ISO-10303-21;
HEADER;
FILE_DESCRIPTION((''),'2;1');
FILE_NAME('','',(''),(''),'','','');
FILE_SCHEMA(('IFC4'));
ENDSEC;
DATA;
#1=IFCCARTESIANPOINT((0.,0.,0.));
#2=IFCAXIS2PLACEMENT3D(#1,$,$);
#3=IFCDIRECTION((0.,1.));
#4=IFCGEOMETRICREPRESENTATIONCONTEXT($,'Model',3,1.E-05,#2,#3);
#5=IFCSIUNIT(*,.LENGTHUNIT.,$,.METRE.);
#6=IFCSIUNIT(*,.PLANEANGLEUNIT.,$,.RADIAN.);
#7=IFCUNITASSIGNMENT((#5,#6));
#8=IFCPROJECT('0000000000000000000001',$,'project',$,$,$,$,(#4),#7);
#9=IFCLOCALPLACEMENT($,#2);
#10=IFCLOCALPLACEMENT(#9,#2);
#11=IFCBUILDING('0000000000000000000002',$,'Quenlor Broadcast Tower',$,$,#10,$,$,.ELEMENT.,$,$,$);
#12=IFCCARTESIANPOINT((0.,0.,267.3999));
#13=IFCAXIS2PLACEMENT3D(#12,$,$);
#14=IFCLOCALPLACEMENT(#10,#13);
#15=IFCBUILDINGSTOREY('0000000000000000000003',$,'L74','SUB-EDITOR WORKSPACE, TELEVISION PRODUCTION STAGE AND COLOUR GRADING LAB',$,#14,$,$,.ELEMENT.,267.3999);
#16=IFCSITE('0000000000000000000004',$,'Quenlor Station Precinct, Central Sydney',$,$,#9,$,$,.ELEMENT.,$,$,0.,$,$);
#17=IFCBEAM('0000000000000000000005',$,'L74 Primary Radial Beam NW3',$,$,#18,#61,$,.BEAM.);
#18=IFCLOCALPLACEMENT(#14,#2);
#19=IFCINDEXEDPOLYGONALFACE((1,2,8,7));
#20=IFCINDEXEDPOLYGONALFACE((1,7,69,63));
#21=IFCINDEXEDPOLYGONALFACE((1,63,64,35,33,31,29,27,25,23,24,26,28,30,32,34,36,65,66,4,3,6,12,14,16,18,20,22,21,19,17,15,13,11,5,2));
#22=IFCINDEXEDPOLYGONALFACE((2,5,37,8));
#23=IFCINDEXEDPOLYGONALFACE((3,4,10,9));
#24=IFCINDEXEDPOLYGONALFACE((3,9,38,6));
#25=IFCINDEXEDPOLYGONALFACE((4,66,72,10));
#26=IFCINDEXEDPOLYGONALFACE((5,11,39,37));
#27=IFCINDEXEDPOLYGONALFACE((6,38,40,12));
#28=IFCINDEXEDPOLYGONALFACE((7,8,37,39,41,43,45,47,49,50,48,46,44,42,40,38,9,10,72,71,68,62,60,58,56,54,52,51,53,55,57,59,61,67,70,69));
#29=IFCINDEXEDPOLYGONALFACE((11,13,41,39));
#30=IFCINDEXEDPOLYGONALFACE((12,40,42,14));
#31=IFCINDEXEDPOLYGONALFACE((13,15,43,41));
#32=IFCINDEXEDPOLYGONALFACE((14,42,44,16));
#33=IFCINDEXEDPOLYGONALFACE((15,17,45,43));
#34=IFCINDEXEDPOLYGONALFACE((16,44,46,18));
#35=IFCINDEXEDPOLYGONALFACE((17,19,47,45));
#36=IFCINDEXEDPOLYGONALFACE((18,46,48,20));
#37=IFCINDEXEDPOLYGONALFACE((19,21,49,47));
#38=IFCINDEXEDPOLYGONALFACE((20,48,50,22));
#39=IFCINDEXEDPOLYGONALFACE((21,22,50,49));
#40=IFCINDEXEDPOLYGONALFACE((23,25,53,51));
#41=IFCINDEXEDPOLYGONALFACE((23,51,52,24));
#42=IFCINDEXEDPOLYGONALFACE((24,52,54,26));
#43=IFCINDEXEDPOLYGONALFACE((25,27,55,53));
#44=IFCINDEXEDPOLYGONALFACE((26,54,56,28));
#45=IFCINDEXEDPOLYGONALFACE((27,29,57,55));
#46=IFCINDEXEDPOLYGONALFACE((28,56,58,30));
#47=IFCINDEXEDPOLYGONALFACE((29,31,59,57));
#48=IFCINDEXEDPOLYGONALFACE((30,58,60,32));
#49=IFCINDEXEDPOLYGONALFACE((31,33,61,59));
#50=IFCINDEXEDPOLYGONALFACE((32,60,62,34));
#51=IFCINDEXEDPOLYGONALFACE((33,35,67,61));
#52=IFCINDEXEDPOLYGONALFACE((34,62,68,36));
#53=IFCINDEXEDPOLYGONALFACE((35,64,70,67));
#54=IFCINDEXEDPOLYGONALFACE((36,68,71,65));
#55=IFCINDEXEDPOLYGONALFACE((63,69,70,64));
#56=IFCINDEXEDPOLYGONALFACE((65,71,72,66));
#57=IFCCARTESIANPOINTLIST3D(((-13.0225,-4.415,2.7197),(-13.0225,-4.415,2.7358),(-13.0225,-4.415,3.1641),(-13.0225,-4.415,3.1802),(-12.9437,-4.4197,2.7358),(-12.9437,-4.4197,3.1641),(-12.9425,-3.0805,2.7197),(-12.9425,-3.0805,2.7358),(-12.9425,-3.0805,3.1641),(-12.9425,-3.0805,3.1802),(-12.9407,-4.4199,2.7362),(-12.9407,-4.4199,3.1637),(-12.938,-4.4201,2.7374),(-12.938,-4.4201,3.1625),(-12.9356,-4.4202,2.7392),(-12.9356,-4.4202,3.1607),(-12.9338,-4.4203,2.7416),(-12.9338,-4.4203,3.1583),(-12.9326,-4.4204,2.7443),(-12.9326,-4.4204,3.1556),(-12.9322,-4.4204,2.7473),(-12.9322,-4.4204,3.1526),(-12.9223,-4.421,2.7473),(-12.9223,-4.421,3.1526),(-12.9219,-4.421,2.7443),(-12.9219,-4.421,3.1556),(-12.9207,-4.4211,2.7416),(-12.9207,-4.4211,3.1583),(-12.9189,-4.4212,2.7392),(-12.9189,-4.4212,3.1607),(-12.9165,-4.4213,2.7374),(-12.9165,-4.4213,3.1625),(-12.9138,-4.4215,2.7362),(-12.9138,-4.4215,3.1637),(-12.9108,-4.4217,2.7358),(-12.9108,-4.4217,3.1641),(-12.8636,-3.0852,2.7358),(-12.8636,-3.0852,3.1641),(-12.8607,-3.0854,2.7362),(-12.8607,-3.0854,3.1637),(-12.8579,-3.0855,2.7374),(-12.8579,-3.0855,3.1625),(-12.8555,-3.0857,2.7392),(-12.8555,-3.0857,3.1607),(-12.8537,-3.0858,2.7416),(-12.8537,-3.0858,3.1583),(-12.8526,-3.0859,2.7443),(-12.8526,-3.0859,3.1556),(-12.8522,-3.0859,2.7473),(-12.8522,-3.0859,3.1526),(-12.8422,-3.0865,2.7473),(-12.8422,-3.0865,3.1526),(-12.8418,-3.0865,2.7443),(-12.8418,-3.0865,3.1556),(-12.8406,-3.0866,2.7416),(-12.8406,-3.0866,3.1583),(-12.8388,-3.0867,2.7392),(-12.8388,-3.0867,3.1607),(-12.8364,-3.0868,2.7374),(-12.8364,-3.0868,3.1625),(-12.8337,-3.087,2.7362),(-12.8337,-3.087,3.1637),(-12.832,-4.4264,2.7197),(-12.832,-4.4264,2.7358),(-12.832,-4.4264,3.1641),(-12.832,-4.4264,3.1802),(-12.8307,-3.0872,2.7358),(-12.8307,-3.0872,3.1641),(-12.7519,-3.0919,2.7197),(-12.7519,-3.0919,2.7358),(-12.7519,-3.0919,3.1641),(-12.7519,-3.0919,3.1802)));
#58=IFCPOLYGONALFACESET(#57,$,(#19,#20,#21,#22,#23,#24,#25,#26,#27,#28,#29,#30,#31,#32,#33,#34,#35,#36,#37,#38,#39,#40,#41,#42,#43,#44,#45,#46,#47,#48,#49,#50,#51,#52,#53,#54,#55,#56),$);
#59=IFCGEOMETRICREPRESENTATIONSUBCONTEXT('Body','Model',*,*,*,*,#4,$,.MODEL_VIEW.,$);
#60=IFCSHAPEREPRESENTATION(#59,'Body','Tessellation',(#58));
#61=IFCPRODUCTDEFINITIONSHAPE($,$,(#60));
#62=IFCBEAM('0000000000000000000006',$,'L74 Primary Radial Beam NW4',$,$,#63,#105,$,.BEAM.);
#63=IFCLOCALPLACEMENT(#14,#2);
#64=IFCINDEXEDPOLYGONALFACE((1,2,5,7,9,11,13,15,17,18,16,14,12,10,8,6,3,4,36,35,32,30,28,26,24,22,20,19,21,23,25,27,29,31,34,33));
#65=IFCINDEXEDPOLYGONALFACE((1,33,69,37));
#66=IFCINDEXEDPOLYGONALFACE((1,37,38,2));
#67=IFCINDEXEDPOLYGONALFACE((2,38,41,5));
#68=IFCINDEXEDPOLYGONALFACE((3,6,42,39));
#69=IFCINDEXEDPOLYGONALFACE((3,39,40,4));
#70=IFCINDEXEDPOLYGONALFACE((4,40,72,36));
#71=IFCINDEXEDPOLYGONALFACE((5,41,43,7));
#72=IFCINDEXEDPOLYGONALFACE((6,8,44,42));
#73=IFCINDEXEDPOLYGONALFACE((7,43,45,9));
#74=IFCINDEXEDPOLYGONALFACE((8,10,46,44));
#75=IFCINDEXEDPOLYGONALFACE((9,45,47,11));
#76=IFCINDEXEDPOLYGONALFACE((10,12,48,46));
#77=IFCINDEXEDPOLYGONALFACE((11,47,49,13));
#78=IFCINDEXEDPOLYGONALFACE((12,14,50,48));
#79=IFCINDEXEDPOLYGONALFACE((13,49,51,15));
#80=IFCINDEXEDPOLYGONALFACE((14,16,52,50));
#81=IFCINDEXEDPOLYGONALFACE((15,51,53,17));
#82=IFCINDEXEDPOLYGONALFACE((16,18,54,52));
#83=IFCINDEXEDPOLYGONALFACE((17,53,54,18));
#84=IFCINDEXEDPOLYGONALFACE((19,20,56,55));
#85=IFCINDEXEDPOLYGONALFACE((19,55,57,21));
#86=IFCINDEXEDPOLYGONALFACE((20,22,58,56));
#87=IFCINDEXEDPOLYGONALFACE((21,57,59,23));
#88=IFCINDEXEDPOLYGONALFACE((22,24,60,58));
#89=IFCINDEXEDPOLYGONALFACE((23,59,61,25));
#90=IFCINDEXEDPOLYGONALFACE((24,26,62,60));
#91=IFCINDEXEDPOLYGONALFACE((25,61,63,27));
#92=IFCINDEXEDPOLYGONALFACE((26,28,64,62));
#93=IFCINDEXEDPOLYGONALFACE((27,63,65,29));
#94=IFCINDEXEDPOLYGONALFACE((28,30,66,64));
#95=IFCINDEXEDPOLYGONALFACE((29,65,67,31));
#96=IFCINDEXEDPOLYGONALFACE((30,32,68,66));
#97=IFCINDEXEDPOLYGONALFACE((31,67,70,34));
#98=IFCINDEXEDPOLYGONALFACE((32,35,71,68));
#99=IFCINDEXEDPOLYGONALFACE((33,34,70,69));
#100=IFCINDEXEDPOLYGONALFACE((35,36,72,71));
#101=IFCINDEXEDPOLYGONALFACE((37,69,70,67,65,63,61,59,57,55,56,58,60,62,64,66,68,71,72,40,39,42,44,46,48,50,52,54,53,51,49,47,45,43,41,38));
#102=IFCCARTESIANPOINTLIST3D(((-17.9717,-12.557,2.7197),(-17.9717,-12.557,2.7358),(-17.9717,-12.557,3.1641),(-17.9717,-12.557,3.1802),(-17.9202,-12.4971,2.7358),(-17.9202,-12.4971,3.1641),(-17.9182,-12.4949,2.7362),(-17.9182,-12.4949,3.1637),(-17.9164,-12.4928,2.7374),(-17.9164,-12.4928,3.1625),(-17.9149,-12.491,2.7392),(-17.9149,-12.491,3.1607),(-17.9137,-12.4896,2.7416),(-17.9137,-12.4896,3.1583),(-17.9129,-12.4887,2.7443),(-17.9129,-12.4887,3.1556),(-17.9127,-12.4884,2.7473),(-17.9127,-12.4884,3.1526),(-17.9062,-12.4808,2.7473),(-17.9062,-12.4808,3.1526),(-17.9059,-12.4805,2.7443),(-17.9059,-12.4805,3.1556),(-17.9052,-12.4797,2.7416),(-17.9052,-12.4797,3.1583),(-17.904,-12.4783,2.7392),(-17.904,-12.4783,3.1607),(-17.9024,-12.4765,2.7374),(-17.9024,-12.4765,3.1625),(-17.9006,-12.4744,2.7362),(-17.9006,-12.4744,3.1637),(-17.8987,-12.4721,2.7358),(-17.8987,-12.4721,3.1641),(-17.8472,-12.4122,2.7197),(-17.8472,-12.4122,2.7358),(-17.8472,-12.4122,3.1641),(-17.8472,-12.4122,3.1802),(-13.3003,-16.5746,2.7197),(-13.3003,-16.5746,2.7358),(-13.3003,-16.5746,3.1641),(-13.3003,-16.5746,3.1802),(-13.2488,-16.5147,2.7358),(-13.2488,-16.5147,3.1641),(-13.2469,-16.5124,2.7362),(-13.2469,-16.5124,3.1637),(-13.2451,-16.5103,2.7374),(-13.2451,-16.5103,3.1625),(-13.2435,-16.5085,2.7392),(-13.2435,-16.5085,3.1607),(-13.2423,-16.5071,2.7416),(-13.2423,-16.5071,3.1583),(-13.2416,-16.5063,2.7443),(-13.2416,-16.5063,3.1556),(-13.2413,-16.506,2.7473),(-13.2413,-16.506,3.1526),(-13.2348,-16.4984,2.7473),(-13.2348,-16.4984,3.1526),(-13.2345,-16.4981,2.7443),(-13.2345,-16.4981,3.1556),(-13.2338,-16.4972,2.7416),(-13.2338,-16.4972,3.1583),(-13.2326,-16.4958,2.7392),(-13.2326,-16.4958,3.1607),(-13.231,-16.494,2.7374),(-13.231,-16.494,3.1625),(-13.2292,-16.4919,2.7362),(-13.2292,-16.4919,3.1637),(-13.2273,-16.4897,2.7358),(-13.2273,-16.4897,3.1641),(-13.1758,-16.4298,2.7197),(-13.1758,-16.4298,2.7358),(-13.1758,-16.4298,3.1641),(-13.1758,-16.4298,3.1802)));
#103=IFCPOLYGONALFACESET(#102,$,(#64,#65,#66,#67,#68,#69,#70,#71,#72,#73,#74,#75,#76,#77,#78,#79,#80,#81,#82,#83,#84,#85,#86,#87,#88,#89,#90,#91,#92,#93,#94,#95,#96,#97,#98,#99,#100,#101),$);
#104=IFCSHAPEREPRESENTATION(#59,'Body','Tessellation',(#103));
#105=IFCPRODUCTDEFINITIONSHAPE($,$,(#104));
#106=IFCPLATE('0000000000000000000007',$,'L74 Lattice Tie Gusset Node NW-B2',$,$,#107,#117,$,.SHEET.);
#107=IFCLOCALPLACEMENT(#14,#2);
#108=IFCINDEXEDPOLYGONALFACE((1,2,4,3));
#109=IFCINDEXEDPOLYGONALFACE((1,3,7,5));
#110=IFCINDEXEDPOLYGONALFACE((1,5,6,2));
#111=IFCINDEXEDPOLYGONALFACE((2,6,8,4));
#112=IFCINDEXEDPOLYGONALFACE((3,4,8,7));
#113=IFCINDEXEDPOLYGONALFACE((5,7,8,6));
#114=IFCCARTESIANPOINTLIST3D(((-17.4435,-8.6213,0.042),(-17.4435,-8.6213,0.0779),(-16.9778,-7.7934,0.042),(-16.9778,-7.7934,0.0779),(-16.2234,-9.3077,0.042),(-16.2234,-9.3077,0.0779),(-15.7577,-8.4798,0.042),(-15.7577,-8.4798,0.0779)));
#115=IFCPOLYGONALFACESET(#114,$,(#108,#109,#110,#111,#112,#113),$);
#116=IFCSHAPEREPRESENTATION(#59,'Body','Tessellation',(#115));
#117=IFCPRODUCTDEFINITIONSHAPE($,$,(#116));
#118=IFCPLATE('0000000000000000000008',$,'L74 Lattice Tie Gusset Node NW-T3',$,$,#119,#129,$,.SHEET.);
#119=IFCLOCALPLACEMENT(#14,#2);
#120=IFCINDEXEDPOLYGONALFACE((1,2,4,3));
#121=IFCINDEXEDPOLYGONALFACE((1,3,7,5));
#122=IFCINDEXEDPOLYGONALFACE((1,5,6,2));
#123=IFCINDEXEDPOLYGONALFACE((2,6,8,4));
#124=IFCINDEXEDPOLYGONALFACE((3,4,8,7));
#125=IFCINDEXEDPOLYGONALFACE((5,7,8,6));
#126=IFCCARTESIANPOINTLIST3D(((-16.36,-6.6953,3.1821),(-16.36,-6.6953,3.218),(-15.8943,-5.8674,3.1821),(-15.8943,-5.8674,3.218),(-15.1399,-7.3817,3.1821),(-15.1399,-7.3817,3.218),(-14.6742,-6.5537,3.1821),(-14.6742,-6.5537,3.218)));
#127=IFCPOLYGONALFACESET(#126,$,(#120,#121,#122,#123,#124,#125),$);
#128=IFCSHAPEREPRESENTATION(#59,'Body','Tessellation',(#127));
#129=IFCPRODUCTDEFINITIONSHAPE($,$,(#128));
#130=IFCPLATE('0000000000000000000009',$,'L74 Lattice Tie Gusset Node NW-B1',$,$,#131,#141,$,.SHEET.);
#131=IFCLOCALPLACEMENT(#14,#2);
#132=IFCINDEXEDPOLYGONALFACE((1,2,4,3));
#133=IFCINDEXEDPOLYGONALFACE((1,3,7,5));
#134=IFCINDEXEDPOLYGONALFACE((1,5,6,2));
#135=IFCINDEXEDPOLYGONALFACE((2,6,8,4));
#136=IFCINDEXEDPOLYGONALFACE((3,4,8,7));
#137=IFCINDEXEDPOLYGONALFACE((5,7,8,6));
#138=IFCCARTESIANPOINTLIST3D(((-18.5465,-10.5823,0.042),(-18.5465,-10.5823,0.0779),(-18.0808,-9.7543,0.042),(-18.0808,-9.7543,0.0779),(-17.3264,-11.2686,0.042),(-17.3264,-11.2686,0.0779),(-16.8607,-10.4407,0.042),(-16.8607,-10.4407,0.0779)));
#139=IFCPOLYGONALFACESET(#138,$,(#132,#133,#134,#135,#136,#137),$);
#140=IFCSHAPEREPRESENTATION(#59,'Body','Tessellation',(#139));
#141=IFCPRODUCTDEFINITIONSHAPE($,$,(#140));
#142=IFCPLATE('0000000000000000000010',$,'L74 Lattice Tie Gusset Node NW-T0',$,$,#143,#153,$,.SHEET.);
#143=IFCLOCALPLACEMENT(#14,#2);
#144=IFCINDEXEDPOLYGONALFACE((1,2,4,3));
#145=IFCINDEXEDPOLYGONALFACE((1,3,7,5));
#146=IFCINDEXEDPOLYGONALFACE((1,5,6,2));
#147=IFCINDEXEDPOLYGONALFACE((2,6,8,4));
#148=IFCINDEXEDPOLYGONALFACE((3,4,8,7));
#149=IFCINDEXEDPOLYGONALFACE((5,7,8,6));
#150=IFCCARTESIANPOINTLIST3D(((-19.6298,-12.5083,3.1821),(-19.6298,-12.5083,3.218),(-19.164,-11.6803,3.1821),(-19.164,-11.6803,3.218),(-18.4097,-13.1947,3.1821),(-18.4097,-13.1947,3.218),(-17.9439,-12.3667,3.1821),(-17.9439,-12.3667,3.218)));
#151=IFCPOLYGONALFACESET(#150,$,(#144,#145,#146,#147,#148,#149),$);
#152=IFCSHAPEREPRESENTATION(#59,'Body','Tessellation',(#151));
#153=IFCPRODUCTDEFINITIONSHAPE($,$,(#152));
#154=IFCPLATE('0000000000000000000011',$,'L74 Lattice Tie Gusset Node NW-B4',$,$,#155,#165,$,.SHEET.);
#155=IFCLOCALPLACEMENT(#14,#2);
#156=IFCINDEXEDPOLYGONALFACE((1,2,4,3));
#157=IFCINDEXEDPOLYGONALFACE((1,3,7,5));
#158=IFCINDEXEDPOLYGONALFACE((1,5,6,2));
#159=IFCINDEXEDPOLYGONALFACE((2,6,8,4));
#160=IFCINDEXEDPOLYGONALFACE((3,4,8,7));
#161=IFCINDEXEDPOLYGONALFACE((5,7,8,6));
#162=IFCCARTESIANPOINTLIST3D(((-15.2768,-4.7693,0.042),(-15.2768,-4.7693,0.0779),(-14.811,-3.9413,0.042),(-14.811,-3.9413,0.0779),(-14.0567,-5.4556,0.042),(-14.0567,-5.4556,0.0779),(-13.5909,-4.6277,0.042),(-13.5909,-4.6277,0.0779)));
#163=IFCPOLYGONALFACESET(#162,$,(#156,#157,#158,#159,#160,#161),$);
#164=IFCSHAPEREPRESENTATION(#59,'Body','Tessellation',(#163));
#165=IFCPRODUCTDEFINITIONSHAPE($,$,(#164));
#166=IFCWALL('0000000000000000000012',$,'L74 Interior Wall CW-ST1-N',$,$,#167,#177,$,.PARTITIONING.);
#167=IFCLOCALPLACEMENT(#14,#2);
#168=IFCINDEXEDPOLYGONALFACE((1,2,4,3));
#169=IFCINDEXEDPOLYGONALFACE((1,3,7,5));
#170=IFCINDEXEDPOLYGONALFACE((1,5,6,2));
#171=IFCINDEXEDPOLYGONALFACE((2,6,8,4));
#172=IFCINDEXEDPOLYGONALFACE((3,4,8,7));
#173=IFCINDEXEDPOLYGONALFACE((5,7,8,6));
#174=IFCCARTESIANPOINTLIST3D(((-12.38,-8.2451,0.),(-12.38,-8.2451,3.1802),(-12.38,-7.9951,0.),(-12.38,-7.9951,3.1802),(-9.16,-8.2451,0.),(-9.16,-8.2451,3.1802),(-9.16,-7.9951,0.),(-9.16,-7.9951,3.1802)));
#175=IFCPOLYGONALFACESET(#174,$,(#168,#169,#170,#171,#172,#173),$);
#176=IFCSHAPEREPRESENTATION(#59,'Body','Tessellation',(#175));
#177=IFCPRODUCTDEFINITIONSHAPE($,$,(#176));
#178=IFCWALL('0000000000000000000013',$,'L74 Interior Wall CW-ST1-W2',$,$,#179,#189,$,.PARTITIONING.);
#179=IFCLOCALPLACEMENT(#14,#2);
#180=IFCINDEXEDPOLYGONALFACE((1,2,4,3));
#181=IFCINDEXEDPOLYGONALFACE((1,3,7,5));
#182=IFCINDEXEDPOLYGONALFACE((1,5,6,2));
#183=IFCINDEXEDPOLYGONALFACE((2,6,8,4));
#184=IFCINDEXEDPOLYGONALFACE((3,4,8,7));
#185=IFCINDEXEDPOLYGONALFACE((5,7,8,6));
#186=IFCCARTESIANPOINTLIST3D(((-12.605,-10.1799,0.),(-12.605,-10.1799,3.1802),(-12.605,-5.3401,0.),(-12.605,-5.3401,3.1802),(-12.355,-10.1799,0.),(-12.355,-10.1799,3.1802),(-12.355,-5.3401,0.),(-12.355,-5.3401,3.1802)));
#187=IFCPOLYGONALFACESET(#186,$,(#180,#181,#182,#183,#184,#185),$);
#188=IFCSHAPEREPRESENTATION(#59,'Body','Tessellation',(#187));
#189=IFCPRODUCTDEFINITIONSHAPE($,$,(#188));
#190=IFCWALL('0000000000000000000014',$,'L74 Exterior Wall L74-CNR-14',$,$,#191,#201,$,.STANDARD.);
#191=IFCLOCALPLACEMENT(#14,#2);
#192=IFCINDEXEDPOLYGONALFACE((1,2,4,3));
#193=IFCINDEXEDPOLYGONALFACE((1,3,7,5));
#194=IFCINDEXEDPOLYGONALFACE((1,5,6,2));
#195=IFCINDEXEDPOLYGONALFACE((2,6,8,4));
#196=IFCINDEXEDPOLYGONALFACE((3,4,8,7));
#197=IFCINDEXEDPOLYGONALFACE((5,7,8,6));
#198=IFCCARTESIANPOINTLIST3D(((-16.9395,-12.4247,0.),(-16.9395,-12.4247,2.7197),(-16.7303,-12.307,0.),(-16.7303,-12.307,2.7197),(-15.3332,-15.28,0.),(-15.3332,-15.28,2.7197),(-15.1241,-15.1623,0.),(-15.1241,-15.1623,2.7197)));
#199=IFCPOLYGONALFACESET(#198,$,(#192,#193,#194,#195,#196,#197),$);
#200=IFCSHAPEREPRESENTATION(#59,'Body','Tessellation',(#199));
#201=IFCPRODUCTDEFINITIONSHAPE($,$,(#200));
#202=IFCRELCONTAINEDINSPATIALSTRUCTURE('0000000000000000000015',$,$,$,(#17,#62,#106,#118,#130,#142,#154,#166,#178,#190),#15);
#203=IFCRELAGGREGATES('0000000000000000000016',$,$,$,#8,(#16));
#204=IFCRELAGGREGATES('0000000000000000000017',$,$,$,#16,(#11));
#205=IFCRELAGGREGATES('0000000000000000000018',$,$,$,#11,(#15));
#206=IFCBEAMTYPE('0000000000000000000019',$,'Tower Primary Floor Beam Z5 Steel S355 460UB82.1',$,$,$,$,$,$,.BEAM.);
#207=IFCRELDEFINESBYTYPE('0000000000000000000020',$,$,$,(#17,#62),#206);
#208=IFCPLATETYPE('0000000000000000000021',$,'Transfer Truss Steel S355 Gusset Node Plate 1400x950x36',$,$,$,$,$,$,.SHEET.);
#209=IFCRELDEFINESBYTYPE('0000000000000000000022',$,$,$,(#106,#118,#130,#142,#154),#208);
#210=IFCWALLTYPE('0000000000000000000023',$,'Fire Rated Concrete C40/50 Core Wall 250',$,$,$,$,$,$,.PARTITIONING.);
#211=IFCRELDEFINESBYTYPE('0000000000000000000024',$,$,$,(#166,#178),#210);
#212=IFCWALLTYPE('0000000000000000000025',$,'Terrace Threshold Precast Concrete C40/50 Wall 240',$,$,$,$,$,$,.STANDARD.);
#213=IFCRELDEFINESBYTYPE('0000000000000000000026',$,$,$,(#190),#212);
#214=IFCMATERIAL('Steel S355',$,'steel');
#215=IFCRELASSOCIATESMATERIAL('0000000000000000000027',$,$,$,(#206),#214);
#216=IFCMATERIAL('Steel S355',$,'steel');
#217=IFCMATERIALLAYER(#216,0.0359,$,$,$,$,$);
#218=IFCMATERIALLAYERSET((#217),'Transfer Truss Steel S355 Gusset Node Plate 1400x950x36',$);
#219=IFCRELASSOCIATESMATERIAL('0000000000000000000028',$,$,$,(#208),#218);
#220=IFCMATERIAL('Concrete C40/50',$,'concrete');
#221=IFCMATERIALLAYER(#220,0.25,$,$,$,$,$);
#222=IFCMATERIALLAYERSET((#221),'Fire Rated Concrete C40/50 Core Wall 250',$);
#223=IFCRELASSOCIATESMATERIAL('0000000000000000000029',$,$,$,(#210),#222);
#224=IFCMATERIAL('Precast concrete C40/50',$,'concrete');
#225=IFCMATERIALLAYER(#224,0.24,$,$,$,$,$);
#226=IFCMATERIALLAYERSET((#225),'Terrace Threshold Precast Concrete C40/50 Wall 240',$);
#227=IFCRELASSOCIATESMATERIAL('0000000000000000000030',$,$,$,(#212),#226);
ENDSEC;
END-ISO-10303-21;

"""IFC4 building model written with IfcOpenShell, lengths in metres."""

from ifc_helpers import new_model, si_unit, direction, frame, frame_2d, origin, origin_2d, place, context, subcontext, project, spatial, rectangle, i_section, extrude, material, layer, layer_set, material_profile, profile_set, type_object, element, save


model = new_model("IFC4")

# Units and contexts
model_context = context("Model", 3, precision=1e-05, world=origin(), true_north=direction((0.0, 1.0)))
body_context = subcontext(model_context, "Body", "Model", "MODEL_VIEW")
ifc_project = project(units=[si_unit("LENGTHUNIT", "METRE"), si_unit("PLANEANGLEUNIT", "RADIAN")], contexts=[model_context])

# Site, building, storey
site_placement = place(None, origin())
site = spatial("IfcSite", under=ifc_project, at=site_placement, Name="Quenlor Station Precinct, Central Sydney", CompositionType="ELEMENT", RefElevation=0.0)
building_placement = place(site_placement, origin())
building = spatial("IfcBuilding", under=site, at=building_placement, Name="Quenlor Broadcast Tower", CompositionType="ELEMENT")
storey_placement = place(building_placement, frame((0.0, 0.0, 267.3999)))
storey = spatial("IfcBuildingStorey", under=building, at=storey_placement, Name="L74", Description="SUB-EDITOR WORKSPACE, TELEVISION PRODUCTION STAGE AND COLOUR GRADING LAB", CompositionType="ELEMENT", Elevation=267.3999)

# Beams
ifc_material_1 = material(Name="Steel S355", Category="steel")
ifc_material_profile_1 = material_profile(ifc_material_1, i_section(OverallWidth=0.1909, OverallDepth=0.4604, WebThickness=0.01, FlangeThickness=0.0161, FilletRadius=0.0115, at=origin_2d()))
ifc_profile_set_1 = profile_set([ifc_material_profile_1], Name="Steel S355 460UB82.1")
beam_type_1 = type_object("IfcBeamType", Name="Tower Primary Floor Beam Z5 Steel S355 460UB82.1", PredefinedType="BEAM", material=ifc_profile_set_1)
beam_1_placement = place(storey_placement, frame((-12.8472, -3.0862, 2.95), z_axis=(-0.0599, -0.998204, 0.0), x_axis=(0.998204, -0.0599, 0.0)))
element("IfcBeam", 1, at=beam_1_placement, inside=storey, type_object=beam_type_1, Name="L74 Primary Radial Beam NW3", PredefinedType="BEAM", context=body_context, shape_type="SweptSolid", body=[
    extrude(i_section(OverallWidth=0.1909, OverallDepth=0.4604, WebThickness=0.01, FlangeThickness=0.0161, FilletRadius=0.0115, at=origin_2d()), origin(), (0.0, 0.0, 1.0), 1.3369),
])
beam_2_placement = place(storey_placement, frame((-17.9094, -12.4846, 2.95), z_axis=(0.75817, -0.652057, 0.0), x_axis=(0.652057, 0.75817, 0.0)))
element("IfcBeam", 2, at=beam_2_placement, inside=storey, type_object=beam_type_1, Name="L74 Primary Radial Beam NW4", PredefinedType="BEAM", context=body_context, shape_type="SweptSolid", body=[
    extrude(i_section(OverallWidth=0.1909, OverallDepth=0.4604, WebThickness=0.01, FlangeThickness=0.0161, FilletRadius=0.0115, at=origin_2d()), origin(), (0.0, 0.0, 1.0), 6.1614),
])

# Plates
ifc_material_2 = material(Name="Steel S355", Category="steel")
ifc_layer_1 = layer(ifc_material_2, 0.0359)
ifc_layer_set_1 = layer_set([ifc_layer_1], Name="Transfer Truss Steel S355 Gusset Node Plate 1400x950x36")
plate_type = type_object("IfcPlateType", Name="Transfer Truss Steel S355 Gusset Node Plate 1400x950x36", PredefinedType="SHEET", material=ifc_layer_set_1)
for number, where, z_axis, x_axis, name in (
    (3, (-16.6006, -8.5505, 0.042), (0.0, 0.0, 1.0), (-0.871556, 0.490295, 0.0), "L74 Lattice Tie Gusset Node NW-B2"),
    (4, (-15.5171, -6.6245, 3.1821), (0.0, 0.0, 1.0), (-0.871556, 0.490295, 0.0), "L74 Lattice Tie Gusset Node NW-T3"),
    (5, (-17.7036, -10.5115, 0.042), (0.0, 0.0, 1.0), (-0.871556, 0.490295, 0.0), "L74 Lattice Tie Gusset Node NW-B1"),
    (6, (-18.7869, -12.4375, 3.1821), (0.0, 0.0, 1.0), (-0.871556, 0.490295, 0.0), "L74 Lattice Tie Gusset Node NW-T0"),
    (7, (-14.4338, -4.6985, 0.042), (0.0, 0.0, 1.0), (-0.871556, 0.490295, 0.0), "L74 Lattice Tie Gusset Node NW-B4"),
):
    element("IfcPlate", number, at=place(storey_placement, frame(where, z_axis=z_axis, x_axis=x_axis)), inside=storey, type_object=plate_type, Name=name, PredefinedType="SHEET", context=body_context, shape_type="SweptSolid", body=[
        extrude(rectangle(XDim=1.3999, YDim=0.95, at=origin_2d()), origin(), (0.0, 0.0, 1.0), 0.0359),
    ])

# Walls
ifc_material_3 = material(Name="Concrete C40/50", Category="concrete")
ifc_layer_2 = layer(ifc_material_3, 0.25)
ifc_layer_set_2 = layer_set([ifc_layer_2], Name="Fire Rated Concrete C40/50 Core Wall 250")
wall_type_1 = type_object("IfcWallType", Name="Fire Rated Concrete C40/50 Core Wall 250", PredefinedType="PARTITIONING", material=ifc_layer_set_2)
wall_1_placement = place(storey_placement, frame((-12.3799, -8.1201, 0.0), z_axis=(0.0, 0.0, 1.0), x_axis=(1.0, 0.0, 0.0)))
element("IfcWall", 8, at=wall_1_placement, inside=storey, type_object=wall_type_1, Name="L74 Interior Wall CW-ST1-N", PredefinedType="PARTITIONING", context=body_context, shape_type="SweptSolid", body=[
    extrude(rectangle(XDim=3.22, YDim=0.25, at=frame_2d((1.6099, 0.0))), origin(), (0.0, 0.0, 1.0), 3.1802),
])
wall_2_placement = place(storey_placement, frame((-12.48, -10.1799, 0.0), z_axis=(0.0, 0.0, 1.0), x_axis=(0.0, 1.0, 0.0)))
element("IfcWall", 9, at=wall_2_placement, inside=storey, type_object=wall_type_1, Name="L74 Interior Wall CW-ST1-W2", PredefinedType="PARTITIONING", context=body_context, shape_type="SweptSolid", body=[
    extrude(rectangle(XDim=4.8398, YDim=0.25, at=frame_2d((2.4199, 0.0))), origin(), (0.0, 0.0, 1.0), 3.1802),
])

# Wall
ifc_material_4 = material(Name="Precast concrete C40/50", Category="concrete")
ifc_layer_3 = layer(ifc_material_4, 0.24)
ifc_layer_set_3 = layer_set([ifc_layer_3], Name="Terrace Threshold Precast Concrete C40/50 Wall 240")
wall_type_2 = type_object("IfcWallType", Name="Terrace Threshold Precast Concrete C40/50 Wall 240", PredefinedType="STANDARD", material=ifc_layer_set_3)
wall_3_placement = place(storey_placement, frame((-16.835, -12.3657, 0.0), z_axis=(0.0, 0.0, 1.0), x_axis=(0.490293, -0.871558, 0.0)))
element("IfcWall", 10, at=wall_3_placement, inside=storey, type_object=wall_type_2, Name="L74 Exterior Wall L74-CNR-14", PredefinedType="STANDARD", context=body_context, shape_type="SweptSolid", body=[
    extrude(rectangle(XDim=3.2761, YDim=0.24, at=frame_2d((1.6382, 0.0))), origin(), (0.0, 0.0, 1.0), 2.7197),
])

save(model, "model.ifc")
